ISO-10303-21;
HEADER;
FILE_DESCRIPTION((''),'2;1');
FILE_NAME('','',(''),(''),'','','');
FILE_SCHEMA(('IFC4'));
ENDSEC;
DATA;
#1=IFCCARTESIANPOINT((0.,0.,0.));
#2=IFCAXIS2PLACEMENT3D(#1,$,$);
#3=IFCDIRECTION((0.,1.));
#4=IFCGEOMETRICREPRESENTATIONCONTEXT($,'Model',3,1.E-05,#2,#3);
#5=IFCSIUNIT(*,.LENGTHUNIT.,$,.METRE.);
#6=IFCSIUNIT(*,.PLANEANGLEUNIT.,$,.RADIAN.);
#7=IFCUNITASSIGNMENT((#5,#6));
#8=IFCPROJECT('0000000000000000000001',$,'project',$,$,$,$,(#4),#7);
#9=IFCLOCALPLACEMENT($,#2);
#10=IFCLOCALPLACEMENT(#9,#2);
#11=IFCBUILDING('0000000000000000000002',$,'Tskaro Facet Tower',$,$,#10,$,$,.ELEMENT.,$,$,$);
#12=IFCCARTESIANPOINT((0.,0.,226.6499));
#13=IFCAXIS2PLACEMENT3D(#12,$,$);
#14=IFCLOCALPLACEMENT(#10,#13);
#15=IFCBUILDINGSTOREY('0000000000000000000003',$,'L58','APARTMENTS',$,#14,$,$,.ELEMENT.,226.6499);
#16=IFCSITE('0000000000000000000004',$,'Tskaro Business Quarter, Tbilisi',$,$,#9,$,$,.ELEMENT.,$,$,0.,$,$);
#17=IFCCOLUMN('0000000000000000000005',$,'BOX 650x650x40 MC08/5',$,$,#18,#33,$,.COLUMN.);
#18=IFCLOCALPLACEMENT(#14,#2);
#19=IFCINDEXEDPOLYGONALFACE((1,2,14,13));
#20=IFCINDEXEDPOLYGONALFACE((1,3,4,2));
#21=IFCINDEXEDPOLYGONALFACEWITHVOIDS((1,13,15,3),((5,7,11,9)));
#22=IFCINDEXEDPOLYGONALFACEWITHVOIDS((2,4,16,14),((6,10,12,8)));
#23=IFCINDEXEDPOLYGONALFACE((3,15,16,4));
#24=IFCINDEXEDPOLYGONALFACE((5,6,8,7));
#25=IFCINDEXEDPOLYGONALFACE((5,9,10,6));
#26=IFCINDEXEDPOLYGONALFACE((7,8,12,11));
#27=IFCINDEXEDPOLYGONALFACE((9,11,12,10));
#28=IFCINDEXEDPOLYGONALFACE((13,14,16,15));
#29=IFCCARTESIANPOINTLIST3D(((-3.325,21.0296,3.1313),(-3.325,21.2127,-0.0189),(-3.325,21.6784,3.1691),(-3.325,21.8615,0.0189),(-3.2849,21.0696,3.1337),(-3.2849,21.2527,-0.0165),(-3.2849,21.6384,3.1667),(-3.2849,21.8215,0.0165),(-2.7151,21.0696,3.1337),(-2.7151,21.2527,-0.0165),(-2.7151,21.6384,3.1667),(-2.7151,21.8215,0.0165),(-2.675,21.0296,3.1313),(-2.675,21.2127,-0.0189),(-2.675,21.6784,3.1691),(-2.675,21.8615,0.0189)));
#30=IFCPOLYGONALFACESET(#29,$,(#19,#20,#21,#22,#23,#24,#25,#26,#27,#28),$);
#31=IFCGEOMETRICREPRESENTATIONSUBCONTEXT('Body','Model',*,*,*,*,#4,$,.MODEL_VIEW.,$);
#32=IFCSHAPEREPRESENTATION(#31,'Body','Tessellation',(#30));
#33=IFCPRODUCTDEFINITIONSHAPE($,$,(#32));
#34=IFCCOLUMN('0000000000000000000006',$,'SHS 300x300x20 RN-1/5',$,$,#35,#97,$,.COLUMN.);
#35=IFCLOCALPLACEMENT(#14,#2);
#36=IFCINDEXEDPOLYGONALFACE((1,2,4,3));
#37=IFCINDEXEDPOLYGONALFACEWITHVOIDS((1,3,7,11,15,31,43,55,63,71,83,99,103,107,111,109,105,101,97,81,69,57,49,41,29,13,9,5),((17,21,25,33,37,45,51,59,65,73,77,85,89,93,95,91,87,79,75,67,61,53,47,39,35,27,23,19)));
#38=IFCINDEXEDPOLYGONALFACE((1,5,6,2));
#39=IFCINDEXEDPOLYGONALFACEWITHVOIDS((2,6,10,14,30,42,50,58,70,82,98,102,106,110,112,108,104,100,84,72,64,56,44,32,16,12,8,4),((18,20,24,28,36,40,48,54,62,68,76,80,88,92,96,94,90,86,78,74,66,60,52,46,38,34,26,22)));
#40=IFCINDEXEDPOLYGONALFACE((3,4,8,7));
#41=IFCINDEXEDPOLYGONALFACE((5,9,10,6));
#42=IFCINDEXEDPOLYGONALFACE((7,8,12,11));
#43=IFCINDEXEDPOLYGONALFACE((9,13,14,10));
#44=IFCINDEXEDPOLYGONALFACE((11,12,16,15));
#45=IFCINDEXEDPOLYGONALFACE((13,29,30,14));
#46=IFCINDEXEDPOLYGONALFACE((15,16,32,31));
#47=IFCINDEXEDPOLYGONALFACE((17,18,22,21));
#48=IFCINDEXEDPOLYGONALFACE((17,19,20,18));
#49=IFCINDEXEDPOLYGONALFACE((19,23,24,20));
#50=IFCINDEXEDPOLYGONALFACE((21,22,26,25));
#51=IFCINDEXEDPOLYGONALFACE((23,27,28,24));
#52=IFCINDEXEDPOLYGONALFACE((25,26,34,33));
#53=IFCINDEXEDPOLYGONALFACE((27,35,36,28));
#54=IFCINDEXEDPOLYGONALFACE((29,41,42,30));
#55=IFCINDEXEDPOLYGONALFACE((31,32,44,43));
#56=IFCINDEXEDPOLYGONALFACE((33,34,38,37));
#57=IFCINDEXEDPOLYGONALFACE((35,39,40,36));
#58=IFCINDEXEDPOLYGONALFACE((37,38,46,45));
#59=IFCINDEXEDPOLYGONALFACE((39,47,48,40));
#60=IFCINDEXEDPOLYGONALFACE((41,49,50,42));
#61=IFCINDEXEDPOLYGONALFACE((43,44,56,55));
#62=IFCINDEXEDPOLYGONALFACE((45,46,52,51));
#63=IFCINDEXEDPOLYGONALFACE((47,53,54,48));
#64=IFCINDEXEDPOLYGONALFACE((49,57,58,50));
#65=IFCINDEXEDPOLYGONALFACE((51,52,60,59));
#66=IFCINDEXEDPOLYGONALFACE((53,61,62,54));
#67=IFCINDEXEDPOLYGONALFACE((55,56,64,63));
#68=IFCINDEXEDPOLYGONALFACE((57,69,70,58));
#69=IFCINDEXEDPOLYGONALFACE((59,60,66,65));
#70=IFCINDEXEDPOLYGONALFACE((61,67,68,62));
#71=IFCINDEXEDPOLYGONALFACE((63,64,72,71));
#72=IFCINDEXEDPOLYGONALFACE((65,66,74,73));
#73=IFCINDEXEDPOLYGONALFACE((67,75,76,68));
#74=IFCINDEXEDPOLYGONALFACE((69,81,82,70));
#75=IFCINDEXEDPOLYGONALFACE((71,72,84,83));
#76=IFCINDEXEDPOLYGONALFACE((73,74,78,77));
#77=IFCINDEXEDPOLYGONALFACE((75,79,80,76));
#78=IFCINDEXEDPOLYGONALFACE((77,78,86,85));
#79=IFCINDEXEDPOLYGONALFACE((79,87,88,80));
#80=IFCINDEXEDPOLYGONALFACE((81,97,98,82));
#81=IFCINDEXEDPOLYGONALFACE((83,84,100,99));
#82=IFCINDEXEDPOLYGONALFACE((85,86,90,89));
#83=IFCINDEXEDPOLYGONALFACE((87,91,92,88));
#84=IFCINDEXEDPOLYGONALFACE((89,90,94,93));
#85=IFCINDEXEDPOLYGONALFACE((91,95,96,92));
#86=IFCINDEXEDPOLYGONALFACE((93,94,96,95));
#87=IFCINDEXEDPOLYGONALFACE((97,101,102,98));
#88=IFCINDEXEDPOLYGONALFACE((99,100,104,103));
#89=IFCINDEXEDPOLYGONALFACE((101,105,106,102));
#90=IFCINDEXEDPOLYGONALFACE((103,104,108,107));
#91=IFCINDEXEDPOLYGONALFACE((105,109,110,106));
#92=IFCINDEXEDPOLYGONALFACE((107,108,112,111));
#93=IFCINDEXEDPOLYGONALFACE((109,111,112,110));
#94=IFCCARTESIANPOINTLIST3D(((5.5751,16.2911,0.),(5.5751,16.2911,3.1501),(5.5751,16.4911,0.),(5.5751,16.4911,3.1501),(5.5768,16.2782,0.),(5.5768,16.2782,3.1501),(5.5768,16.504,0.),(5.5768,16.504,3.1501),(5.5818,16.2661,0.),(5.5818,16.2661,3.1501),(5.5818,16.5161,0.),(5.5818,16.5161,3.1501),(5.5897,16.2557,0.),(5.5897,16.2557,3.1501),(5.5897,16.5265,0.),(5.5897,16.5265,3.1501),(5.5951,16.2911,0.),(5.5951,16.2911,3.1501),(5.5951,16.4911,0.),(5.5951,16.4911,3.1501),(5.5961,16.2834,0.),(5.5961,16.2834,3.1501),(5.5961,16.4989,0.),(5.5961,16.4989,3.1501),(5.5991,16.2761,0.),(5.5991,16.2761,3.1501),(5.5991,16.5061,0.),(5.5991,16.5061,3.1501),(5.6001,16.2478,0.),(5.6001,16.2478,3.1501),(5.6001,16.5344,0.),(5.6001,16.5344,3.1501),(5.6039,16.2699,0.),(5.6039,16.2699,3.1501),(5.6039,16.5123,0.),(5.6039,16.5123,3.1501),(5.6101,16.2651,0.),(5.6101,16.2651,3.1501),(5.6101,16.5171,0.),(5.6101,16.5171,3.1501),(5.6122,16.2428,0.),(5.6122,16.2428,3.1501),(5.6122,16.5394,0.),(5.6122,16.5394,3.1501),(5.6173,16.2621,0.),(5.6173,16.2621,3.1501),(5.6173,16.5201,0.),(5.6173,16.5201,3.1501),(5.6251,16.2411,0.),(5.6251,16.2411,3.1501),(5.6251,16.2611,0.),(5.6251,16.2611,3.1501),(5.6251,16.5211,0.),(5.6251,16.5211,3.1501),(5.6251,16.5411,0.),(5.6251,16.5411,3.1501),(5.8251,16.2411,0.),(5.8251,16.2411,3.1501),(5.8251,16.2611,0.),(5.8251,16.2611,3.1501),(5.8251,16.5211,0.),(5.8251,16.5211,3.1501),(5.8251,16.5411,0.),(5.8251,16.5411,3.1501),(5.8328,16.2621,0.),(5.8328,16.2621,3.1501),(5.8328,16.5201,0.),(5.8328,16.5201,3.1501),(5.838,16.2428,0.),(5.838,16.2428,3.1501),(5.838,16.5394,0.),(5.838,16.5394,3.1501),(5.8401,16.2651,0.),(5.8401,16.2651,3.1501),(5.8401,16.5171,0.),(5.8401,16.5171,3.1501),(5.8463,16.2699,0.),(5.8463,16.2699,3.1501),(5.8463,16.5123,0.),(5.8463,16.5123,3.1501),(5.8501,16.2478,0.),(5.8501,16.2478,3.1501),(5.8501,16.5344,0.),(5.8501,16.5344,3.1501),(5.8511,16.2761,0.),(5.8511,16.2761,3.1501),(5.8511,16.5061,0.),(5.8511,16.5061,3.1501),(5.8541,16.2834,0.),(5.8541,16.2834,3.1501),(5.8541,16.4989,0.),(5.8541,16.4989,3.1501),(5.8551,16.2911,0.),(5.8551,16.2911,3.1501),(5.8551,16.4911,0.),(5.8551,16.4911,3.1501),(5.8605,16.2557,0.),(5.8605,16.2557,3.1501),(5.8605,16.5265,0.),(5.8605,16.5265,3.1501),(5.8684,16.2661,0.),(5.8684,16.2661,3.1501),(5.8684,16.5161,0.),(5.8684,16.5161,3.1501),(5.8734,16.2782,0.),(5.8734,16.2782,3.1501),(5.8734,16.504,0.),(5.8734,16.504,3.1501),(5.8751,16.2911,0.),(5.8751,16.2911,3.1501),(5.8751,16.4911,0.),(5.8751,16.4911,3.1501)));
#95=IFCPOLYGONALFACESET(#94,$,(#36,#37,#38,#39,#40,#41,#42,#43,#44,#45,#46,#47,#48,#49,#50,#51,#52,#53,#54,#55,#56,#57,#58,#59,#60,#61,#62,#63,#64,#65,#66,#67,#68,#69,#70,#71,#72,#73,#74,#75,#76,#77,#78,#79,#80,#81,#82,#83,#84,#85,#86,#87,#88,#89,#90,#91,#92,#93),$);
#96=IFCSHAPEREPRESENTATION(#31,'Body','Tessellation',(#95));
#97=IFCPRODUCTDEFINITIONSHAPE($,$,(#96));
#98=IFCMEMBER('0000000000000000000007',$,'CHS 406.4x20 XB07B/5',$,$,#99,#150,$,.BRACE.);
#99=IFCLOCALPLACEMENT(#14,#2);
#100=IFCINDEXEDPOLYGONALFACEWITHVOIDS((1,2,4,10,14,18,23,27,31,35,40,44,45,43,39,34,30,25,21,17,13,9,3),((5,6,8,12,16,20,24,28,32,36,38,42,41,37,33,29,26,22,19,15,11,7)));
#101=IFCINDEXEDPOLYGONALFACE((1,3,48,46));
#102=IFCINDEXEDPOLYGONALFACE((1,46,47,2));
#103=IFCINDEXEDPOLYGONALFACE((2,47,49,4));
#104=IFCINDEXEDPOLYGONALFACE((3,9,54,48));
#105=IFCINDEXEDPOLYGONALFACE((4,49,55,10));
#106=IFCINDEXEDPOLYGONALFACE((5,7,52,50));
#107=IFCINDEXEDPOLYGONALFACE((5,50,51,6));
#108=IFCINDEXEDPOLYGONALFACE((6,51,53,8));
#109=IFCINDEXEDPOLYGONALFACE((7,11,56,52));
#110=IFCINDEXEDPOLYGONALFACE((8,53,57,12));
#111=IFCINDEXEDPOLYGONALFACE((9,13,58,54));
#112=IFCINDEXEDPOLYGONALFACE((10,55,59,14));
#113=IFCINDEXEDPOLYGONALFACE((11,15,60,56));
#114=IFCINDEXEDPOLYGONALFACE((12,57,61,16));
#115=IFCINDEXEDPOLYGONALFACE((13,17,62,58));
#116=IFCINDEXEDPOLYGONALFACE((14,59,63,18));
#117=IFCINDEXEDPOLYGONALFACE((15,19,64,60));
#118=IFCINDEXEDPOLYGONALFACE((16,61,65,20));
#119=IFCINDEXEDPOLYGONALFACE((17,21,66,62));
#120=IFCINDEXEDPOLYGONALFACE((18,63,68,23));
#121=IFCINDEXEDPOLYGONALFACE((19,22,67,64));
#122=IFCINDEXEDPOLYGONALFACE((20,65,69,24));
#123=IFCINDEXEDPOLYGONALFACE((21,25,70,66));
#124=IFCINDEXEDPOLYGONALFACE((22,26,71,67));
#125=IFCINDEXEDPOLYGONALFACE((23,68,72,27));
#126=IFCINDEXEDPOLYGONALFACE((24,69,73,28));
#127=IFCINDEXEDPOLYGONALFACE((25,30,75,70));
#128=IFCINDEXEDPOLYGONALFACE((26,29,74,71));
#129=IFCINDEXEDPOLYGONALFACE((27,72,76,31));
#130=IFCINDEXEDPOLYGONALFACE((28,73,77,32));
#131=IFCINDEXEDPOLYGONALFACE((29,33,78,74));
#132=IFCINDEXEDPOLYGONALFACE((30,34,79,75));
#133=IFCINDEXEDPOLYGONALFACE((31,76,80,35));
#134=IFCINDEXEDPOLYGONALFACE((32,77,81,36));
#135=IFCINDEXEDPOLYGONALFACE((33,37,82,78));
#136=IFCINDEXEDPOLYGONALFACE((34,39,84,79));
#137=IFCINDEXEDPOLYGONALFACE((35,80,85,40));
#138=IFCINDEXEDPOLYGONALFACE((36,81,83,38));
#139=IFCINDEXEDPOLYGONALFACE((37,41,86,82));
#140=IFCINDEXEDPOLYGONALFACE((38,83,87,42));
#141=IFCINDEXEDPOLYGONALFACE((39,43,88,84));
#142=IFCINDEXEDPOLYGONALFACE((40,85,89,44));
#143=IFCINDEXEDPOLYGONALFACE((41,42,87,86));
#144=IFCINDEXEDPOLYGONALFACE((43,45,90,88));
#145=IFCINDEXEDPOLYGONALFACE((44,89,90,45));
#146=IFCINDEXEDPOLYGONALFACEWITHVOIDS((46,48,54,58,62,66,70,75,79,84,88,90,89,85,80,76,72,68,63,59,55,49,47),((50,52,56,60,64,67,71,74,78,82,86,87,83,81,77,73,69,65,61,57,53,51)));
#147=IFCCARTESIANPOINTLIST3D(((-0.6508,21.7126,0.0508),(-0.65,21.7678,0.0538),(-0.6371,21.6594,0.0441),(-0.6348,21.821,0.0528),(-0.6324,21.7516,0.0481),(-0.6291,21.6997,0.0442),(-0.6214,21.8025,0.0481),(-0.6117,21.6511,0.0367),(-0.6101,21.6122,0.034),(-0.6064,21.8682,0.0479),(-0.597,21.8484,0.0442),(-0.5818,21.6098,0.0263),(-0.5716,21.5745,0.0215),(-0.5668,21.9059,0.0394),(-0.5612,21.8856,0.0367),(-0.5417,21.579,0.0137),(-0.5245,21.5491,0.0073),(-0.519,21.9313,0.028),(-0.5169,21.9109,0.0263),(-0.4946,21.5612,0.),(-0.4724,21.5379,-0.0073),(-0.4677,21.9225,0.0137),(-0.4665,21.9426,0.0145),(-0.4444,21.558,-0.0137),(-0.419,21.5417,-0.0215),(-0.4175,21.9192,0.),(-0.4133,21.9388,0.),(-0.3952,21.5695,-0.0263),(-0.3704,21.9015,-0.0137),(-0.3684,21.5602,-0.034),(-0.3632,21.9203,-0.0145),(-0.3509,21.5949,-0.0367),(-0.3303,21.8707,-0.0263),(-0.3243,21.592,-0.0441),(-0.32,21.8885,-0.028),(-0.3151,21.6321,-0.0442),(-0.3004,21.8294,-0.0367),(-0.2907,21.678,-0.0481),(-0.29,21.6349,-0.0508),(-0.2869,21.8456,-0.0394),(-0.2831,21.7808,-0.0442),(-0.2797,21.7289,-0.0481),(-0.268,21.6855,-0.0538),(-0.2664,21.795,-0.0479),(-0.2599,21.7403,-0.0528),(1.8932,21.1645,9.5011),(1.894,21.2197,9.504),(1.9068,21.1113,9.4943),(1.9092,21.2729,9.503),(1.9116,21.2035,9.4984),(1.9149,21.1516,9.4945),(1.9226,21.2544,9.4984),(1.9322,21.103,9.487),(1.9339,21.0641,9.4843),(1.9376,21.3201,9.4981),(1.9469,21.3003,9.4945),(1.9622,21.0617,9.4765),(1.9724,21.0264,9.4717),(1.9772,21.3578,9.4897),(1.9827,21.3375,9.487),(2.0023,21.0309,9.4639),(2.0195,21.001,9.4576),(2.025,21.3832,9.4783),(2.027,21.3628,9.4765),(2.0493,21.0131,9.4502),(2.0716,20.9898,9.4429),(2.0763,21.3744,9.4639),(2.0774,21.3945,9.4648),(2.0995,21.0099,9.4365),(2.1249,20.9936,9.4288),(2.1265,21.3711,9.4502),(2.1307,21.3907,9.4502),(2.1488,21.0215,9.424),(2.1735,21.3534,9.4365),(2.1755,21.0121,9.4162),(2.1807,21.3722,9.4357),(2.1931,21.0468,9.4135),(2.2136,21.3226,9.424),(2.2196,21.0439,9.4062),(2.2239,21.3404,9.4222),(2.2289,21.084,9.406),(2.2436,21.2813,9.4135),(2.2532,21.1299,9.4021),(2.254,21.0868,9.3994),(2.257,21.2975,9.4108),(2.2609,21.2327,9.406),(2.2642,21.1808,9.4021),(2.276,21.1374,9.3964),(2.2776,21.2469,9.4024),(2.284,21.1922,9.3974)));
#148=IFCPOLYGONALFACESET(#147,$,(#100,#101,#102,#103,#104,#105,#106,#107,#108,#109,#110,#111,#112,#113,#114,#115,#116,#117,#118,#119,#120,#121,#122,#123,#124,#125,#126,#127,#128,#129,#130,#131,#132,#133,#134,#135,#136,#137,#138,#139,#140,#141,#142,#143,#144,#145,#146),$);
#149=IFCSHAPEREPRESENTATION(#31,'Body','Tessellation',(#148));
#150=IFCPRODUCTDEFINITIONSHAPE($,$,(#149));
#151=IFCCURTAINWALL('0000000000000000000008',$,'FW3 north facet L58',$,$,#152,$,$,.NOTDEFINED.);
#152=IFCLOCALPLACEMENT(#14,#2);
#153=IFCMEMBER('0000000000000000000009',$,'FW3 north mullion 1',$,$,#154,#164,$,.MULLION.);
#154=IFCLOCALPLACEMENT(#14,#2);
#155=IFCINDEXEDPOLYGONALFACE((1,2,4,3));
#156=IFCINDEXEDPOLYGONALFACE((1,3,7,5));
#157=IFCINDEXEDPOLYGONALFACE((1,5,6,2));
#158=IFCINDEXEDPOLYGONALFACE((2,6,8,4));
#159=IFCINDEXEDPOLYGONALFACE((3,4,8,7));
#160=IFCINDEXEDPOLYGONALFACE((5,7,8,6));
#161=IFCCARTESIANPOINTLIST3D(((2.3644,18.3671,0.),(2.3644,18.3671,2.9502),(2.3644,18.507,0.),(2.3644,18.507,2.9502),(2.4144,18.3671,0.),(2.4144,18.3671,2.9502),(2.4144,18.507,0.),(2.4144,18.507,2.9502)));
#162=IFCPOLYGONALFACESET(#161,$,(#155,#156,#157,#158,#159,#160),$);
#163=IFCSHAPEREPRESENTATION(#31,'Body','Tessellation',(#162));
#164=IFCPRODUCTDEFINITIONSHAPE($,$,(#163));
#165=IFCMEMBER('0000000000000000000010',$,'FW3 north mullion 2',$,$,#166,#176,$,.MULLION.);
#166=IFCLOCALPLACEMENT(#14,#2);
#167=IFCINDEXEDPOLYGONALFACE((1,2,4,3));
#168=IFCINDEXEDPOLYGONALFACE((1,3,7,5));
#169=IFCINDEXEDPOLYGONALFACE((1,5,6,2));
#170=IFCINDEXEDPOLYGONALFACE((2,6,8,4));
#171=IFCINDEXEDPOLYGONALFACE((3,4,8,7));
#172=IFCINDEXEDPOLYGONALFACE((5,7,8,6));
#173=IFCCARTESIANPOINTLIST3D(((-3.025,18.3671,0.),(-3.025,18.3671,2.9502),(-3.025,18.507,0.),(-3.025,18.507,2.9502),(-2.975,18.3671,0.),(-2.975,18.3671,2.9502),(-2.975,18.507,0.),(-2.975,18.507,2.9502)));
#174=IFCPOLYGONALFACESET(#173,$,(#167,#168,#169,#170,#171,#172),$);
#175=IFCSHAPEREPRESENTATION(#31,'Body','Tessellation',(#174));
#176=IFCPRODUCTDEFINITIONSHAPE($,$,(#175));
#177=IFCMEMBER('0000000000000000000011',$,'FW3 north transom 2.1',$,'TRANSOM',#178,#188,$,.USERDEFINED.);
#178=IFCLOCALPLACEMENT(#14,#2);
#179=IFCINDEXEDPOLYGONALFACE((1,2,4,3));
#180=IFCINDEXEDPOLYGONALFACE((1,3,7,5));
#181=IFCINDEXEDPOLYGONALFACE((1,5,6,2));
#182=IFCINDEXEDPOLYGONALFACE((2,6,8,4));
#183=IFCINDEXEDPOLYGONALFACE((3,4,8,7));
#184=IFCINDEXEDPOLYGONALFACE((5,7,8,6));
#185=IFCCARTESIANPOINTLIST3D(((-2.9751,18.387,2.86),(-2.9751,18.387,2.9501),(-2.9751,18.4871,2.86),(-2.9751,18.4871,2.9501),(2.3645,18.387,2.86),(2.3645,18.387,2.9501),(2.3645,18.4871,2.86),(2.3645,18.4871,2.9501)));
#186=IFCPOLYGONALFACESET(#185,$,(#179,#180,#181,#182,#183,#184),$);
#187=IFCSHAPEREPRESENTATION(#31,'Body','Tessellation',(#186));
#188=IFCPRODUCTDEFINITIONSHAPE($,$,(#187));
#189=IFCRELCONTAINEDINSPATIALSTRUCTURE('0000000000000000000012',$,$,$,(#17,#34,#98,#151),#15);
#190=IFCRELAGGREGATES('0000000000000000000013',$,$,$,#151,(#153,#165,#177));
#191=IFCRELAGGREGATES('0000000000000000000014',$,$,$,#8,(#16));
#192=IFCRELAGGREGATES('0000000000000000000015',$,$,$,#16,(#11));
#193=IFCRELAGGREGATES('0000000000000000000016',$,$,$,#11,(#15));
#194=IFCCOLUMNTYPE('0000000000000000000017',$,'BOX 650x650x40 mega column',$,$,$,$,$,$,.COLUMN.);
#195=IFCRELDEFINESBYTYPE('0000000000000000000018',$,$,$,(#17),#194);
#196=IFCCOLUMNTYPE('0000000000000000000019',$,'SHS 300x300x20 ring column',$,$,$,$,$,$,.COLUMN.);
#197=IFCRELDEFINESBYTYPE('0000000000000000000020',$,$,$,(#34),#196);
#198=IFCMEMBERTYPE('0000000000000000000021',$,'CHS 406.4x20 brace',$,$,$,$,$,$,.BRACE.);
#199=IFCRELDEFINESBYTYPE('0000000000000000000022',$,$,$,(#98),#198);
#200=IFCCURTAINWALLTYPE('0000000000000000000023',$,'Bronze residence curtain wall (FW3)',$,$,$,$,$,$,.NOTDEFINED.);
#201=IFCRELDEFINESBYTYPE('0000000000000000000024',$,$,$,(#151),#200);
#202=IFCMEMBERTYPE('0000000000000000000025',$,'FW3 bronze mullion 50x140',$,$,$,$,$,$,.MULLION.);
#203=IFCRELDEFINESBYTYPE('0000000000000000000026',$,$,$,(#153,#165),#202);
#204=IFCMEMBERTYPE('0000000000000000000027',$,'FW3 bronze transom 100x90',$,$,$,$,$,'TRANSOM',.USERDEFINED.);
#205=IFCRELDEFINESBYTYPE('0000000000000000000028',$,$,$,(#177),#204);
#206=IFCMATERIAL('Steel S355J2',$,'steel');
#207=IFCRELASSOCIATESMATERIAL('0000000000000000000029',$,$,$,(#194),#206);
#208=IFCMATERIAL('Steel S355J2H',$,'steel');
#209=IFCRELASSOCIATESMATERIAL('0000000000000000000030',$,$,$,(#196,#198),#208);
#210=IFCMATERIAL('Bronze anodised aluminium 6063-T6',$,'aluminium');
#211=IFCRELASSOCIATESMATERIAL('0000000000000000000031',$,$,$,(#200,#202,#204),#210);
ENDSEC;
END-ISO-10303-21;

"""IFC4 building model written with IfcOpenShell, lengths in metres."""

from ifc_helpers import new_model, si_unit, direction, frame, origin, origin_2d, place, context, subcontext, project, spatial, rectangle, hollow_rectangle, hollow_circle, extrude, material, material_profile, profile_set, type_object, element, aggregate, save


model = new_model("IFC4")

# Units and contexts
model_context = context("Model", 3, precision=1e-05, world=origin(), true_north=direction((0.0, 1.0)))
body_context = subcontext(model_context, "Body", "Model", "MODEL_VIEW")
ifc_project = project(units=[si_unit("LENGTHUNIT", "METRE"), si_unit("PLANEANGLEUNIT", "RADIAN")], contexts=[model_context])

# Site, building, storey
site_placement = place(None, origin())
site = spatial("IfcSite", under=ifc_project, at=site_placement, Name="Tskaro Business Quarter, Tbilisi", CompositionType="ELEMENT", RefElevation=0.0)
building_placement = place(site_placement, origin())
building = spatial("IfcBuilding", under=site, at=building_placement, Name="Tskaro Facet Tower", CompositionType="ELEMENT")
storey_placement = place(building_placement, frame((0.0, 0.0, 226.6499)))
storey = spatial("IfcBuildingStorey", under=building, at=storey_placement, Name="L58", Description="APARTMENTS", CompositionType="ELEMENT", Elevation=226.6499)

# Columns
ifc_material_1 = material(Name="Steel S355J2", Category="steel")
ifc_material_profile_1 = material_profile(ifc_material_1, hollow_rectangle(XDim=0.6499, YDim=0.6499, WallThickness=0.04, at=origin_2d()), Name="BOX 650x650x40")
ifc_profile_set_1 = profile_set([ifc_material_profile_1], Name="Steel S355J2")
column_type_1 = type_object("IfcColumnType", Name="BOX 650x650x40 mega column", PredefinedType="COLUMN", material=ifc_profile_set_1)
column_1_placement = place(storey_placement, frame((-3.0, 21.5371, 0.0), z_axis=(0.0, -0.058028, 0.998315), x_axis=(1.0, 0.0, 0.0)))
element("IfcColumn", 1, at=column_1_placement, inside=storey, type_object=column_type_1, Name="BOX 650x650x40 MC08/5", PredefinedType="COLUMN", context=body_context, shape_type="SweptSolid", body=[
    extrude(hollow_rectangle(XDim=0.6499, YDim=0.6499, WallThickness=0.04, at=origin_2d()), origin(), (0.0, 0.0, 1.0), 3.1555),
])
ifc_material_2 = material(Name="Steel S355J2H", Category="steel")
ifc_material_profile_2 = material_profile(ifc_material_2, hollow_rectangle(XDim=0.3, YDim=0.3, WallThickness=0.02, InnerFilletRadius=0.03, OuterFilletRadius=0.05, at=origin_2d()), Name="SHS 300x300x20")
ifc_profile_set_2 = profile_set([ifc_material_profile_2], Name="Steel S355J2H")
column_type_2 = type_object("IfcColumnType", Name="SHS 300x300x20 ring column", PredefinedType="COLUMN", material=ifc_profile_set_2)
column_2_placement = place(storey_placement, frame((5.7251, 16.3911, 0.0), z_axis=(0.0, 0.0, 1.0), x_axis=(1.0, 0.0, 0.0)))
element("IfcColumn", 2, at=column_2_placement, inside=storey, type_object=column_type_2, Name="SHS 300x300x20 RN-1/5", PredefinedType="COLUMN", context=body_context, shape_type="SweptSolid", body=[
    extrude(hollow_rectangle(XDim=0.3, YDim=0.3, WallThickness=0.02, InnerFilletRadius=0.03, OuterFilletRadius=0.05, at=origin_2d()), origin(), (0.0, 0.0, 1.0), 3.1501),
])

# Member
ifc_material_profile_3 = material_profile(ifc_material_2, hollow_circle(Radius=0.2031, WallThickness=0.02, at=origin_2d()), Name="CHS 406.4x20")
ifc_profile_set_3 = profile_set([ifc_material_profile_3], Name="Steel S355J2H")
member_type_1 = type_object("IfcMemberType", Name="CHS 406.4x20 brace", PredefinedType="BRACE", material=ifc_profile_set_3)
member_1_placement = place(storey_placement, frame((-0.4561, 21.7402, 0.0), z_axis=(0.259535, -0.055917, 0.964114), x_axis=(0.210618, 0.977568, 0.0)))
element("IfcMember", 3, at=member_1_placement, inside=storey, type_object=member_type_1, Name="CHS 406.4x20 XB07B/5", PredefinedType="BRACE", context=body_context, shape_type="SweptSolid", body=[
    extrude(hollow_circle(Radius=0.2031, WallThickness=0.02, at=origin_2d()), origin(), (0.0, 0.0, 1.0), 9.802),
])

# Curtain wall, members
ifc_material_3 = material(Name="Bronze anodised aluminium 6063-T6", Category="aluminium")
curtain_wall_type = type_object("IfcCurtainWallType", Name="Bronze residence curtain wall (FW3)", PredefinedType="NOTDEFINED", material=ifc_material_3)
curtain_wall_placement = place(storey_placement, origin())
curtain_wall = element("IfcCurtainWall", 4, at=curtain_wall_placement, inside=storey, type_object=curtain_wall_type, Name="FW3 north facet L58", PredefinedType="NOTDEFINED")
ifc_material_profile_4 = material_profile(ifc_material_3, rectangle(XDim=0.05, YDim=0.1399, at=origin_2d()), Name="Mullion 50x140")
ifc_profile_set_4 = profile_set([ifc_material_profile_4], Name="Bronze anodised aluminium 6063-T6")
member_type_2 = type_object("IfcMemberType", Name="FW3 bronze mullion 50x140", PredefinedType="MULLION", material=ifc_profile_set_4)
member_2_placement = place(storey_placement, frame((2.3894, 18.437, 0.0), z_axis=(0.0, 0.0, 1.0), x_axis=(-1.0, 0.0, 0.0)))
member_2 = element("IfcMember", 5, at=member_2_placement, type_object=member_type_2, Name="FW3 north mullion 1", PredefinedType="MULLION", context=body_context, shape_type="SweptSolid", body=[
    extrude(rectangle(XDim=0.05, YDim=0.1399, at=origin_2d()), origin(), (0.0, 0.0, 1.0), 2.9502),
])
member_3_placement = place(storey_placement, frame((-3.0, 18.437, 0.0), z_axis=(0.0, 0.0, 1.0), x_axis=(-1.0, 0.0, 0.0)))
member_3 = element("IfcMember", 6, at=member_3_placement, type_object=member_type_2, Name="FW3 north mullion 2", PredefinedType="MULLION", context=body_context, shape_type="SweptSolid", body=[
    extrude(rectangle(XDim=0.05, YDim=0.1399, at=origin_2d()), origin(), (0.0, 0.0, 1.0), 2.9502),
])
ifc_material_profile_5 = material_profile(ifc_material_3, rectangle(XDim=0.1001, YDim=0.0901, at=origin_2d()), Name="Transom 100x90")
ifc_profile_set_5 = profile_set([ifc_material_profile_5], Name="Bronze anodised aluminium 6063-T6")
member_type_3 = type_object("IfcMemberType", Name="FW3 bronze transom 100x90", ElementType="TRANSOM", PredefinedType="USERDEFINED", material=ifc_profile_set_5)
member_4_placement = place(storey_placement, frame((2.3645, 18.437, 2.905), z_axis=(-1.0, 0.0, 0.0), x_axis=(0.0, -1.0, 0.0)))
member_4 = element("IfcMember", 7, at=member_4_placement, type_object=member_type_3, Name="FW3 north transom 2.1", ObjectType="TRANSOM", PredefinedType="USERDEFINED", context=body_context, shape_type="SweptSolid", body=[
    extrude(rectangle(XDim=0.1001, YDim=0.0901, at=origin_2d()), origin(), (0.0, 0.0, 1.0), 5.3396),
])

aggregate(curtain_wall, [member_2, member_3, member_4])

save(model, "model.ifc")
